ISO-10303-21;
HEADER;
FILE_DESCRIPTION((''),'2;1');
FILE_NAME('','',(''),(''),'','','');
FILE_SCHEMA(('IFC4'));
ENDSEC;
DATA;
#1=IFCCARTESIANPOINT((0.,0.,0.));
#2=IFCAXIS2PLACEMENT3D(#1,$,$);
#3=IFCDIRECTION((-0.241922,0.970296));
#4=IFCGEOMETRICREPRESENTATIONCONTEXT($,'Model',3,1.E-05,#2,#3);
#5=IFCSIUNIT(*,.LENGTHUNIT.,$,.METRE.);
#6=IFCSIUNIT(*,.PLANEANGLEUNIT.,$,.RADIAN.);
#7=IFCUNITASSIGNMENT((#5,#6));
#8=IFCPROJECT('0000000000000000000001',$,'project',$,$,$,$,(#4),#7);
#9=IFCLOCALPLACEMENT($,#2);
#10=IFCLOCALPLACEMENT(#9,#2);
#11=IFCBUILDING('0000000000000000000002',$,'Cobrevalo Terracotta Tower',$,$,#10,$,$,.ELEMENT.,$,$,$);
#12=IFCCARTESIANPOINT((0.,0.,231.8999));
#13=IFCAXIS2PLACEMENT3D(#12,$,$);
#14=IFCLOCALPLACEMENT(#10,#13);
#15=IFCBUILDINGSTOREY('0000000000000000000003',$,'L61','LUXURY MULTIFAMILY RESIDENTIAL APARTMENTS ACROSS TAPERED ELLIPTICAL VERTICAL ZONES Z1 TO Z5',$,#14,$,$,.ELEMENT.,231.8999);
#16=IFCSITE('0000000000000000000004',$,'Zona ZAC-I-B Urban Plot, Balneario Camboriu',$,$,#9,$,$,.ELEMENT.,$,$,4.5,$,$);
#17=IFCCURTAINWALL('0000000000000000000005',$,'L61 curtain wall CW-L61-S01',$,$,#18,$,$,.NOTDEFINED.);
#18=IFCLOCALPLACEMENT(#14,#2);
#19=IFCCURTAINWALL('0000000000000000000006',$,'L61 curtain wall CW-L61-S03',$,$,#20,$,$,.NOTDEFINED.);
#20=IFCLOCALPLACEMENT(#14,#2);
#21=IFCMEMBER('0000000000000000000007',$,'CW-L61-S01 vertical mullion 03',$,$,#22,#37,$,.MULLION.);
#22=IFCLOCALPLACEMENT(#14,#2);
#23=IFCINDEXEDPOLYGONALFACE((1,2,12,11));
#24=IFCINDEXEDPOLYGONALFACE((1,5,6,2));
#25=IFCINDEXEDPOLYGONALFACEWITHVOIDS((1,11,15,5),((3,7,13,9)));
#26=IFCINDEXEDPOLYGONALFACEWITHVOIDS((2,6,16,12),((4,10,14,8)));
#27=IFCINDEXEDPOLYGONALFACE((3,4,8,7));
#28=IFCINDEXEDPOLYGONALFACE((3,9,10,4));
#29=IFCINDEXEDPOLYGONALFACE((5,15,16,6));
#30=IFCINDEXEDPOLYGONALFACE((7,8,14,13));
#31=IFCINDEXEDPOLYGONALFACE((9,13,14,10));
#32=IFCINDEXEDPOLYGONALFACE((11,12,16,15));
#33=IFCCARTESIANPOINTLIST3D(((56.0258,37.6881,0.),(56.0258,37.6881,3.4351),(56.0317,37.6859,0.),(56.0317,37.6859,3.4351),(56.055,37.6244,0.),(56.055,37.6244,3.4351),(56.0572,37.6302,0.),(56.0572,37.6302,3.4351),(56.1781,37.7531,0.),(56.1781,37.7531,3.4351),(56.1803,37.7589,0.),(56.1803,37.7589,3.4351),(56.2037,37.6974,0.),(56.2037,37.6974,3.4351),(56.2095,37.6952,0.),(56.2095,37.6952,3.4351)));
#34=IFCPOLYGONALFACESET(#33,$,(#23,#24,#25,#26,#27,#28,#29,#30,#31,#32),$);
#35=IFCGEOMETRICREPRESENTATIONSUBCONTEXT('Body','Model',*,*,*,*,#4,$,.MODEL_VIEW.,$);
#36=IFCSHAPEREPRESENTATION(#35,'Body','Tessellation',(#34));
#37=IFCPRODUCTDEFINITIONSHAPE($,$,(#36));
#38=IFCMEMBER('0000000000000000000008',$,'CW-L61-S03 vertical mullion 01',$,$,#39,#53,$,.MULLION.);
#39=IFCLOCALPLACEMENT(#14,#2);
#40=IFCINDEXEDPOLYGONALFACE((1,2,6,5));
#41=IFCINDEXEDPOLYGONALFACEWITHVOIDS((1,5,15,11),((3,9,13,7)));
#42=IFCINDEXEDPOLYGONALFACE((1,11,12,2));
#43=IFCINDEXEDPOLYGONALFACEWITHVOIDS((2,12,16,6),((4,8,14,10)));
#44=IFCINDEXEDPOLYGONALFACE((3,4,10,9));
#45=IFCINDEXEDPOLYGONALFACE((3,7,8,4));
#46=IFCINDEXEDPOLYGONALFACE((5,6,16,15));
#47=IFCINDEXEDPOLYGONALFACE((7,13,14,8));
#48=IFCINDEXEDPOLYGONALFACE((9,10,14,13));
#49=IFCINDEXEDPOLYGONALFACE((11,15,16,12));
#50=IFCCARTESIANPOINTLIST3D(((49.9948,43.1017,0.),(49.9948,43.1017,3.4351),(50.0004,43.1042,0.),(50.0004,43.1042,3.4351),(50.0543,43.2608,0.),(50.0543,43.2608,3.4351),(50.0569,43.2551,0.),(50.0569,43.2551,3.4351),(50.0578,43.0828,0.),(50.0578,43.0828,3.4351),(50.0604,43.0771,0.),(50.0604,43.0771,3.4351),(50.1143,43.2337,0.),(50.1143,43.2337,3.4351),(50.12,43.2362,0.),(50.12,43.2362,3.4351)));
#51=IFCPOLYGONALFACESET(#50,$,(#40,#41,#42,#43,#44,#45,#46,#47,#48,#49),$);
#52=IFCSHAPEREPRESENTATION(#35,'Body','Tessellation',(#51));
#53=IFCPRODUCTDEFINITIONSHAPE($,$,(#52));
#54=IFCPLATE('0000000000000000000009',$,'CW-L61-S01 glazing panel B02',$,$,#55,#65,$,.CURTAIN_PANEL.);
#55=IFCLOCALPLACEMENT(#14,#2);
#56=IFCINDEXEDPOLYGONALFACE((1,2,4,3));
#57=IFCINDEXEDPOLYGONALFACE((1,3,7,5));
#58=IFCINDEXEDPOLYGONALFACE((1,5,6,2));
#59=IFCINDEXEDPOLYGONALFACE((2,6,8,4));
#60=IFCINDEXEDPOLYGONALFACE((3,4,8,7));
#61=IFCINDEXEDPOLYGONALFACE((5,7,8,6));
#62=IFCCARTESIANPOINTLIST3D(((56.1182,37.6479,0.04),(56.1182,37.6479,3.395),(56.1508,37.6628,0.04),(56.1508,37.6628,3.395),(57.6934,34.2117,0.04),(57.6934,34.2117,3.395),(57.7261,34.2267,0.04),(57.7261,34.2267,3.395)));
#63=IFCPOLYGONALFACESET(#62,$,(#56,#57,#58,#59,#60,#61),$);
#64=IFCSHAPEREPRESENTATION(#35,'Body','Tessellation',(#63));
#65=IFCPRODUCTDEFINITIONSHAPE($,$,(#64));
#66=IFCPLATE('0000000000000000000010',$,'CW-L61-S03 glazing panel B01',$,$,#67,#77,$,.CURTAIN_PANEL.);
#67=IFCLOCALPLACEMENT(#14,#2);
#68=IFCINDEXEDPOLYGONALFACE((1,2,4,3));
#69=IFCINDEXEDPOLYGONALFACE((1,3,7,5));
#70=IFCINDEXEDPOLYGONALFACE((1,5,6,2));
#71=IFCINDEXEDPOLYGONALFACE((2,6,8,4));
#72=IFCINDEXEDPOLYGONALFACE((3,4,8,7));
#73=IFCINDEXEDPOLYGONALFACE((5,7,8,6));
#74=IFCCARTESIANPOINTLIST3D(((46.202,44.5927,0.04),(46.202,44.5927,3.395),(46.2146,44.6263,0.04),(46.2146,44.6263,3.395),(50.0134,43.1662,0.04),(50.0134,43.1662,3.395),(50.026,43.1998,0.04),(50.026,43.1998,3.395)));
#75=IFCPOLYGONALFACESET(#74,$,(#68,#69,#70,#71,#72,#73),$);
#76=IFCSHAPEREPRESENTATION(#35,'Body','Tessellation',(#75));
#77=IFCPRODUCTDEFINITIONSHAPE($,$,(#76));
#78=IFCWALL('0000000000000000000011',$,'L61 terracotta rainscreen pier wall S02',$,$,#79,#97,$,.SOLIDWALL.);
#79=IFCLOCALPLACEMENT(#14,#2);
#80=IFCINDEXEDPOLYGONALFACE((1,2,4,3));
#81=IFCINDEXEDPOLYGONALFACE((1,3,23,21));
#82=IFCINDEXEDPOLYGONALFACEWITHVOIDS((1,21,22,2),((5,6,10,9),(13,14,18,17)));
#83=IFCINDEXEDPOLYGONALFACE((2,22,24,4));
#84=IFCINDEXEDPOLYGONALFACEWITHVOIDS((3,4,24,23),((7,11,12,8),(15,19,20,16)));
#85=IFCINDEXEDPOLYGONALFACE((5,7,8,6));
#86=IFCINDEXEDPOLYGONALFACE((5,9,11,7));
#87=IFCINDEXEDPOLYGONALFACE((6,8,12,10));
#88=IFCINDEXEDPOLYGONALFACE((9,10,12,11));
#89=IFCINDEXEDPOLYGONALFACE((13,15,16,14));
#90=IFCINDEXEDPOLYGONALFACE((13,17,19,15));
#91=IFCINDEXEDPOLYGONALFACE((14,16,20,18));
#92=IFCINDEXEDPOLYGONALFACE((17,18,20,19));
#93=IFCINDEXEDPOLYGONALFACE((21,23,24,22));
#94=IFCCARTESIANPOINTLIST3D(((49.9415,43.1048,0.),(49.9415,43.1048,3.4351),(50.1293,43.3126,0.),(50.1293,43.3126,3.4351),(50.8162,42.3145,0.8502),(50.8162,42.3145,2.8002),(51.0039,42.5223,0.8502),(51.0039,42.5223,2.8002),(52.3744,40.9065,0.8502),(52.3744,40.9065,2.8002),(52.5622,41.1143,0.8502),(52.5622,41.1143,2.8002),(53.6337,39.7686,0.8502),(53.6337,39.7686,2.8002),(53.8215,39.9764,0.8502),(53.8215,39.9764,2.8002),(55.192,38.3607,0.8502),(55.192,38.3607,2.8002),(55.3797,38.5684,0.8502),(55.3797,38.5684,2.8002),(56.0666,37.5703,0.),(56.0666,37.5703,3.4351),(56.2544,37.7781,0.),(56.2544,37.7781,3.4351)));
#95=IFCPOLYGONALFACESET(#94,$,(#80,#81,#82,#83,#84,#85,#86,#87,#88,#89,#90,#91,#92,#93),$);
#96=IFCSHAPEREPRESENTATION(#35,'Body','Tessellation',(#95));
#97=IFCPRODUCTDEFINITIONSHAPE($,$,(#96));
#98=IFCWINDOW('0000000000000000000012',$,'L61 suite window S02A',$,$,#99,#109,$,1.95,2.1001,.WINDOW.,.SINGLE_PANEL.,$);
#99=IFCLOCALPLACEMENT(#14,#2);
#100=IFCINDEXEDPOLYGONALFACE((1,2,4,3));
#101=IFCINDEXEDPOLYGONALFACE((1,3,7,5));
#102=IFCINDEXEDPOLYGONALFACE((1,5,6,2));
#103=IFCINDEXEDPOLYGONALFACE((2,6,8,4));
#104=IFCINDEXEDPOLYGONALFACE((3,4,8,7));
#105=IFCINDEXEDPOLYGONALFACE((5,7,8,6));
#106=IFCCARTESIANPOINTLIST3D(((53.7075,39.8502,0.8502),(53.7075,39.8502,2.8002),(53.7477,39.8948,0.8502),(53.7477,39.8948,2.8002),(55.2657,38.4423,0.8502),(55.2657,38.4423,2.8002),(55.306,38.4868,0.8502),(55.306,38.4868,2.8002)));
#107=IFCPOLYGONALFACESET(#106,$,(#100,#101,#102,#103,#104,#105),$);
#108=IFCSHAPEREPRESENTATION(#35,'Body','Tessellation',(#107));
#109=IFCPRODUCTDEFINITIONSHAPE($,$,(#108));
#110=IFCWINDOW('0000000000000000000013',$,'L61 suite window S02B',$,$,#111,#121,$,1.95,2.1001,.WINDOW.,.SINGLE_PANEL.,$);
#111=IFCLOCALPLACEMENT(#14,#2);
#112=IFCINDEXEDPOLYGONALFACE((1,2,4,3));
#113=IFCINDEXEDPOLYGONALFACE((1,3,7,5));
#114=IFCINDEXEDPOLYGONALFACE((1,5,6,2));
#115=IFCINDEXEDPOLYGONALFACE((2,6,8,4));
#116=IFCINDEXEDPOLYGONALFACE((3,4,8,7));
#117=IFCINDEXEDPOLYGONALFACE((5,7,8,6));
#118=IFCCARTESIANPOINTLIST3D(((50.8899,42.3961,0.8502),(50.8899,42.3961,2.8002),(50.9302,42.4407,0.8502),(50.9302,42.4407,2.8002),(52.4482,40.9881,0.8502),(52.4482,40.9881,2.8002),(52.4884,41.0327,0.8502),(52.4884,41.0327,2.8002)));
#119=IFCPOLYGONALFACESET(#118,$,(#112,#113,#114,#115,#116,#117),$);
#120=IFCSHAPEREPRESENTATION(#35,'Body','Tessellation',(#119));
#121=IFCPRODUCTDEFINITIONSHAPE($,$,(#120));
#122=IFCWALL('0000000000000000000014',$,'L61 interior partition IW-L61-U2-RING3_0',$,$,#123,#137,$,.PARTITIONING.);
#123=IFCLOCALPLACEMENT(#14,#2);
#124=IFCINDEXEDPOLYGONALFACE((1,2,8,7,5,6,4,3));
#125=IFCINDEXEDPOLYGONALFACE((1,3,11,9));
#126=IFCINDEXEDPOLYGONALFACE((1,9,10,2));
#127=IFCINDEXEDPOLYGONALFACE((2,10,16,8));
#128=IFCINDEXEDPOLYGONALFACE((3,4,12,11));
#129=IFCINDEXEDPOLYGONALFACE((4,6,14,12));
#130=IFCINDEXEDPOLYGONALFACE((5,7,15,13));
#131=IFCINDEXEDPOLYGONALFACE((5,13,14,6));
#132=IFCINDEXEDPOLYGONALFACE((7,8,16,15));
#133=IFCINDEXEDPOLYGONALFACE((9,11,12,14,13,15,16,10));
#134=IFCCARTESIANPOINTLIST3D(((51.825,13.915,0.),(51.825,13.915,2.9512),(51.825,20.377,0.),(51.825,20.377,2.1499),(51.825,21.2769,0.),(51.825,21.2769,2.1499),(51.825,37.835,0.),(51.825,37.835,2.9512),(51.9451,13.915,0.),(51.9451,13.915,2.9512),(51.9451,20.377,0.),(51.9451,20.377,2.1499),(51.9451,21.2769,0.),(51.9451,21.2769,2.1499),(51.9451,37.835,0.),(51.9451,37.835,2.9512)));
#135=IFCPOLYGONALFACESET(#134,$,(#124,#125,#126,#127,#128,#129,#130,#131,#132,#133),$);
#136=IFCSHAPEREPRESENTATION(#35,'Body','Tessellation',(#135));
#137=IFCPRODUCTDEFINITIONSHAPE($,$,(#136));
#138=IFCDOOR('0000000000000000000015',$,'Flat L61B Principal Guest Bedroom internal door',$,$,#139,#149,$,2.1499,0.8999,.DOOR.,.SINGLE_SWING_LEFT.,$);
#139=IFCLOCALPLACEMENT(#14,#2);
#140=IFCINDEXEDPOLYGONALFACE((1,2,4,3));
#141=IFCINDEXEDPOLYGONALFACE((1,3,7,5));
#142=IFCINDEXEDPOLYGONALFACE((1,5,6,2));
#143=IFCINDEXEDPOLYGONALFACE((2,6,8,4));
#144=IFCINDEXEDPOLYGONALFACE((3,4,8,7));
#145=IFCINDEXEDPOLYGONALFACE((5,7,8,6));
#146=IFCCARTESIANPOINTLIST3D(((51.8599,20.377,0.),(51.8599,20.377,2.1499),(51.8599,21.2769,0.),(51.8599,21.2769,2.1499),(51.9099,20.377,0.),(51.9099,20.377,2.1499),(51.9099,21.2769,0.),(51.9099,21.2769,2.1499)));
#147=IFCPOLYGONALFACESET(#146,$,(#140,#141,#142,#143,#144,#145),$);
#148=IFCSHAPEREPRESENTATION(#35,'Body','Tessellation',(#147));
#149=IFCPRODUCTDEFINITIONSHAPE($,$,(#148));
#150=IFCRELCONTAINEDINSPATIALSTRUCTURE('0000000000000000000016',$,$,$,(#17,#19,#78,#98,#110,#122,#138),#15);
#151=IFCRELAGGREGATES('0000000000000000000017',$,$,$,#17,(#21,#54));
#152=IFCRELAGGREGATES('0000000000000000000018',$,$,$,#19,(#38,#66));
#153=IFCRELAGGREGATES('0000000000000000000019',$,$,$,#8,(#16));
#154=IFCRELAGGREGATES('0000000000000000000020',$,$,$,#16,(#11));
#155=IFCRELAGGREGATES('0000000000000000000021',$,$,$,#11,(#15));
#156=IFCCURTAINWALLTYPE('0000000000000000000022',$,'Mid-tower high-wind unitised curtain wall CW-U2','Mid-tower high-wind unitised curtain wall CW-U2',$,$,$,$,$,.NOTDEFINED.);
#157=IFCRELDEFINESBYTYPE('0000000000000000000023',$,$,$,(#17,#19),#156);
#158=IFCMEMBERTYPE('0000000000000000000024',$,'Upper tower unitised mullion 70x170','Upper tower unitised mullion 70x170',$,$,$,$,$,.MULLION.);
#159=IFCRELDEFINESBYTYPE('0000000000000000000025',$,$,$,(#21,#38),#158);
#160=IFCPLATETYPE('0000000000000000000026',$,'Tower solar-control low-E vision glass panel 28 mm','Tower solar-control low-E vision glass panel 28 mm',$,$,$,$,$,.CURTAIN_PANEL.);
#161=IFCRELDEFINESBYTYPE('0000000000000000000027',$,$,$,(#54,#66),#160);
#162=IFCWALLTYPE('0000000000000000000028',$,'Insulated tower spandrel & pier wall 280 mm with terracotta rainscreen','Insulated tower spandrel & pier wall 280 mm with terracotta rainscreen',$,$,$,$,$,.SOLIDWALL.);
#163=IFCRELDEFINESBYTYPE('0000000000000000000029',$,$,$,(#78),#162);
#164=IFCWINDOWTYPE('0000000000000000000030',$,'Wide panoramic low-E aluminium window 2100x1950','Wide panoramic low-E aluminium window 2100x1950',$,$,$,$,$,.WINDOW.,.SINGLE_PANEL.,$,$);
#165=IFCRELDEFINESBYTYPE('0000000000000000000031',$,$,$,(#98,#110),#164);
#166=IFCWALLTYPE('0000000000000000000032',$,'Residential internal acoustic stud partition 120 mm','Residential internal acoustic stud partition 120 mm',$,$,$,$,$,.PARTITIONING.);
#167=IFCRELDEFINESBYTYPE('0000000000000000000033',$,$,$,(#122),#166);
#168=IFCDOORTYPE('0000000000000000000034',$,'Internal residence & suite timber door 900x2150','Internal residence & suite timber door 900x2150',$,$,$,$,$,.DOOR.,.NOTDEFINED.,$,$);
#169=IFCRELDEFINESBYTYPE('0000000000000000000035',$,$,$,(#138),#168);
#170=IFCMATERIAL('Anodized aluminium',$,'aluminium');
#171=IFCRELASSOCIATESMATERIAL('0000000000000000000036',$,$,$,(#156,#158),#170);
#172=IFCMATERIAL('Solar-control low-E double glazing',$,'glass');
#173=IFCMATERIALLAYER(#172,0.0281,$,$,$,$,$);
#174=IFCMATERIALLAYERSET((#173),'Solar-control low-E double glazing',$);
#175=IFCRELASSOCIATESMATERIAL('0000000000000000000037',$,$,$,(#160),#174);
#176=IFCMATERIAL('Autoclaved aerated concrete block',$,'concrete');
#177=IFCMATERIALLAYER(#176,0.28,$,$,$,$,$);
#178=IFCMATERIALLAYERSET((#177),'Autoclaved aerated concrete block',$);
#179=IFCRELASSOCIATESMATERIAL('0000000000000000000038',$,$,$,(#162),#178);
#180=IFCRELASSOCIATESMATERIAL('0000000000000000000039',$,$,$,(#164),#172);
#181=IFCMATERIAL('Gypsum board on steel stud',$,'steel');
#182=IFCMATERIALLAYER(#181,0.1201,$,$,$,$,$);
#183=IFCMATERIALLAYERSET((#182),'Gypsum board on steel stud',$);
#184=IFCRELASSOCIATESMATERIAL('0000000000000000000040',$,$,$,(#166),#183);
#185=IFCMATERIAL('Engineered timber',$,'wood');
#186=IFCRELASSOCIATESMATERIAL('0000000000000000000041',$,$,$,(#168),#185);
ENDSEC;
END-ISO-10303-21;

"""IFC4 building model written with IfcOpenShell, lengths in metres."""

from ifc_helpers import new_model, si_unit, direction, frame, frame_2d, origin, origin_2d, place, context, subcontext, project, spatial, rectangle, hollow_rectangle, extrude, source, transform, mapped, material, layer, layer_set, material_profile, profile_set, type_object, element, fill, aggregate, save


model = new_model("IFC4")

# Units and contexts
model_context = context("Model", 3, precision=1e-05, world=origin(), true_north=direction((-0.241922, 0.970296)))
body_context = subcontext(model_context, "Body", "Model", "MODEL_VIEW")
ifc_project = project(units=[si_unit("LENGTHUNIT", "METRE"), si_unit("PLANEANGLEUNIT", "RADIAN")], contexts=[model_context])

# Site, building, storey
site_placement = place(None, origin())
site = spatial("IfcSite", under=ifc_project, at=site_placement, Name="Zona ZAC-I-B Urban Plot, Balneario Camboriu", CompositionType="ELEMENT", RefElevation=4.5)
building_placement = place(site_placement, origin())
building = spatial("IfcBuilding", under=site, at=building_placement, Name="Cobrevalo Terracotta Tower", CompositionType="ELEMENT")
storey_placement = place(building_placement, frame((0.0, 0.0, 231.8999)))
storey = spatial("IfcBuildingStorey", under=building, at=storey_placement, Name="L61", Description="LUXURY MULTIFAMILY RESIDENTIAL APARTMENTS ACROSS TAPERED ELLIPTICAL VERTICAL ZONES Z1 TO Z5", CompositionType="ELEMENT", Elevation=231.8999)

# Curtain wall
ifc_material_1 = material(Name="Anodized aluminium", Category="aluminium")
curtain_wall_type = type_object("IfcCurtainWallType", Name="Mid-tower high-wind unitised curtain wall CW-U2", Description="Mid-tower high-wind unitised curtain wall CW-U2", PredefinedType="NOTDEFINED", material=ifc_material_1)
curtain_wall_1_placement = place(storey_placement, origin())
curtain_wall_1 = element("IfcCurtainWall", 1, at=curtain_wall_1_placement, inside=storey, type_object=curtain_wall_type, Name="L61 curtain wall CW-L61-S01", PredefinedType="NOTDEFINED")

# Curtain wall
curtain_wall_2_placement = place(storey_placement, origin())
curtain_wall_2 = element("IfcCurtainWall", 2, at=curtain_wall_2_placement, inside=storey, type_object=curtain_wall_type, Name="L61 curtain wall CW-L61-S03", PredefinedType="NOTDEFINED")

# Members
ifc_material_profile_1 = material_profile(ifc_material_1, hollow_rectangle(XDim=0.0701, YDim=0.1699, WallThickness=0.0044, at=origin_2d()), Name="CWM 70x170")
ifc_profile_set_1 = profile_set([ifc_material_profile_1], Name="Anodized aluminium")
member_type_1 = type_object("IfcMemberType", Name="Upper tower unitised mullion 70x170", Description="Upper tower unitised mullion 70x170", PredefinedType="MULLION", material=ifc_profile_set_1)
shared_shape_1 = source(origin(), body_context, "Body", "SweptSolid", [
    extrude(hollow_rectangle(XDim=0.0701, YDim=0.1699, WallThickness=0.0044, at=origin_2d()), origin(), (0.0, 0.0, 1.0), 3.4351),
])
member_1_placement = place(storey_placement, frame((56.1177, 37.6917, 0.0), z_axis=(0.0, 0.0, 1.0), x_axis=(-0.416725, 0.909033, 0.0)))
member_1 = element("IfcMember", 3, at=member_1_placement, type_object=member_type_1, Name="CW-L61-S01 vertical mullion 03", PredefinedType="MULLION", context=body_context, shape_type="MappedRepresentation", body=[
    mapped(shared_shape_1, transform((0.0, 0.0, 0.0), scale=1.0)),
])
member_2_placement = place(storey_placement, frame((50.0574, 43.1689, 0.0), z_axis=(0.0, 0.0, 1.0), x_axis=(-0.936556, 0.350518, 0.0)))
member_2 = element("IfcMember", 4, at=member_2_placement, type_object=member_type_1, Name="CW-L61-S03 vertical mullion 01", PredefinedType="MULLION", context=body_context, shape_type="MappedRepresentation", body=[
    mapped(shared_shape_1, transform((0.0, 0.0, 0.0), scale=1.0)),
])

# Plates
ifc_material_2 = material(Name="Solar-control low-E double glazing", Category="glass")
ifc_layer_1 = layer(ifc_material_2, 0.0281)
ifc_layer_set_1 = layer_set([ifc_layer_1], Name="Solar-control low-E double glazing")
plate_type = type_object("IfcPlateType", Name="Tower solar-control low-E vision glass panel 28 mm", Description="Tower solar-control low-E vision glass panel 28 mm", PredefinedType="CURTAIN_PANEL", material=ifc_layer_set_1)
shared_shape_2 = source(origin(), body_context, "Body", "SweptSolid", [
    extrude(rectangle(XDim=3.78, YDim=0.0359, at=origin_2d()), origin(), (0.0, 0.0, 1.0), 3.355),
])
plate_1_placement = place(storey_placement, frame((56.9221, 35.9373, 0.04), z_axis=(0.0, 0.0, 1.0), x_axis=(-0.416731, 0.90903, 0.0)))
plate_1 = element("IfcPlate", 5, at=plate_1_placement, type_object=plate_type, Name="CW-L61-S01 glazing panel B02", PredefinedType="CURTAIN_PANEL", context=body_context, shape_type="MappedRepresentation", body=[
    mapped(shared_shape_2, transform((0.0, 0.0, 0.0), scale=1.0)),
])
aggregate(curtain_wall_1, [member_1, plate_1])
shared_shape_3 = source(origin(), body_context, "Body", "SweptSolid", [
    extrude(rectangle(XDim=4.0696, YDim=0.0359, at=origin_2d()), origin(), (0.0, 0.0, 1.0), 3.355),
])
plate_2_placement = place(storey_placement, frame((48.114, 43.8962, 0.04), z_axis=(0.0, 0.0, 1.0), x_axis=(-0.936558, 0.350513, 0.0)))
plate_2 = element("IfcPlate", 6, at=plate_2_placement, type_object=plate_type, Name="CW-L61-S03 glazing panel B01", PredefinedType="CURTAIN_PANEL", context=body_context, shape_type="MappedRepresentation", body=[
    mapped(shared_shape_3, transform((0.0, 0.0, 0.0), scale=1.0)),
])
aggregate(curtain_wall_2, [member_2, plate_2])

# Wall, openings, windows
ifc_material_3 = material(Name="Autoclaved aerated concrete block", Category="concrete")
ifc_layer_2 = layer(ifc_material_3, 0.28)
ifc_layer_set_2 = layer_set([ifc_layer_2], Name="Autoclaved aerated concrete block")
wall_type_1 = type_object("IfcWallType", Name="Insulated tower spandrel & pier wall 280 mm with terracotta rainscreen", Description="Insulated tower spandrel & pier wall 280 mm with terracotta rainscreen", PredefinedType="SOLIDWALL", material=ifc_layer_set_2)
wall_1_placement = place(storey_placement, frame((56.1604, 37.6743, 0.0), z_axis=(0.0, 0.0, 1.0), x_axis=(-0.741972, 0.670431, 0.0)))
wall_1 = element("IfcWall", 7, at=wall_1_placement, inside=storey, type_object=wall_type_1, Name="L61 terracotta rainscreen pier wall S02", PredefinedType="SOLIDWALL", context=body_context, shape_type="SweptSolid", body=[
    extrude(rectangle(XDim=8.2551, YDim=0.28, at=frame_2d((4.1274, 0.0))), origin(), (0.0, 0.0, 1.0), 3.4351),
])
opening_1_placement = place(wall_1_placement, frame((1.1787, 0.0, 0.8501)))
opening_1 = element("IfcOpeningElement", 8, at=opening_1_placement, cuts=wall_1, PredefinedType="OPENING", context=body_context, shape_type="SweptSolid", body=[
    extrude(rectangle(XDim=2.1001, YDim=1.95, at=frame_2d((1.05, 0.9751))), frame((0.0, 0.1499, 0.0), z_axis=(0.0, -1.0, 0.0), x_axis=(1.0, 0.0, 0.0)), (0.0, 0.0, 1.0), 0.3),
])
opening_2_placement = place(wall_1_placement, frame((4.9761, 0.0, 0.8501)))
opening_2 = element("IfcOpeningElement", 9, at=opening_2_placement, cuts=wall_1, PredefinedType="OPENING", context=body_context, shape_type="SweptSolid", body=[
    extrude(rectangle(XDim=2.1001, YDim=1.95, at=frame_2d((1.05, 0.9751))), frame((0.0, 0.1499, 0.0), z_axis=(0.0, -1.0, 0.0), x_axis=(1.0, 0.0, 0.0)), (0.0, 0.0, 1.0), 0.3),
])
window_type = type_object("IfcWindowType", Name="Wide panoramic low-E aluminium window 2100x1950", Description="Wide panoramic low-E aluminium window 2100x1950", PartitioningType="SINGLE_PANEL", PredefinedType="WINDOW", material=ifc_material_2)
shared_shape_4 = source(origin(), body_context, "Body", "SweptSolid", [
    extrude(rectangle(XDim=2.1001, YDim=1.95, at=frame_2d((1.05, 0.9751))), frame((0.0, 0.03, 0.0), z_axis=(0.0, -1.0, 0.0), x_axis=(1.0, 0.0, 0.0)), (0.0, 0.0, 1.0), 0.0601),
])
window_1_placement = place(opening_1_placement, origin())
window_1 = element("IfcWindow", 10, at=window_1_placement, inside=storey, type_object=window_type, Name="L61 suite window S02A", OverallHeight=1.95, OverallWidth=2.1001, PartitioningType="SINGLE_PANEL", PredefinedType="WINDOW", context=body_context, shape_type="MappedRepresentation", body=[
    mapped(shared_shape_4, transform((0.0, 0.0, 0.0), scale=1.0)),
])
fill(opening_1, window_1)
window_2_placement = place(opening_2_placement, origin())
window_2 = element("IfcWindow", 11, at=window_2_placement, inside=storey, type_object=window_type, Name="L61 suite window S02B", OverallHeight=1.95, OverallWidth=2.1001, PartitioningType="SINGLE_PANEL", PredefinedType="WINDOW", context=body_context, shape_type="MappedRepresentation", body=[
    mapped(shared_shape_4, transform((0.0, 0.0, 0.0), scale=1.0)),
])
fill(opening_2, window_2)

# Wall, opening, door
ifc_material_4 = material(Name="Gypsum board on steel stud", Category="steel")
ifc_layer_3 = layer(ifc_material_4, 0.1201)
ifc_layer_set_3 = layer_set([ifc_layer_3], Name="Gypsum board on steel stud")
wall_type_2 = type_object("IfcWallType", Name="Residential internal acoustic stud partition 120 mm", Description="Residential internal acoustic stud partition 120 mm", PredefinedType="PARTITIONING", material=ifc_layer_set_3)
wall_2_placement = place(storey_placement, frame((51.885, 37.835, 0.0), z_axis=(0.0, 0.0, 1.0), x_axis=(0.0, -1.0, 0.0)))
wall_2 = element("IfcWall", 12, at=wall_2_placement, inside=storey, type_object=wall_type_2, Name="L61 interior partition IW-L61-U2-RING3_0", PredefinedType="PARTITIONING", context=body_context, shape_type="SweptSolid", body=[
    extrude(rectangle(XDim=23.9199, YDim=0.1201, at=frame_2d((11.96, 0.0))), origin(), (0.0, 0.0, 1.0), 2.9512),
])
opening_3_placement = place(wall_2_placement, frame((16.5581, 0.0, 0.0)))
opening_3 = element("IfcOpeningElement", 13, at=opening_3_placement, cuts=wall_2, PredefinedType="OPENING", context=body_context, shape_type="SweptSolid", body=[
    extrude(rectangle(XDim=0.8999, YDim=2.1499, at=frame_2d((0.45, 1.075))), frame((0.0, 0.0701, 0.0), z_axis=(0.0, -1.0, 0.0), x_axis=(1.0, 0.0, 0.0)), (0.0, 0.0, 1.0), 0.1401),
])
ifc_material_5 = material(Name="Engineered timber", Category="wood")
door_type = type_object("IfcDoorType", Name="Internal residence & suite timber door 900x2150", Description="Internal residence & suite timber door 900x2150", OperationType="NOTDEFINED", PredefinedType="DOOR", material=ifc_material_5)
shared_shape_5 = source(origin(), body_context, "Body", "SweptSolid", [
    extrude(rectangle(XDim=0.8999, YDim=2.1499, at=frame_2d((0.45, 1.075))), frame((0.0, 0.0249, 0.0), z_axis=(0.0, -1.0, 0.0), x_axis=(1.0, 0.0, 0.0)), (0.0, 0.0, 1.0), 0.05),
])
door_1_placement = place(opening_3_placement, origin())
door_1 = element("IfcDoor", 14, at=door_1_placement, inside=storey, type_object=door_type, Name="Flat L61B Principal Guest Bedroom internal door", OperationType="SINGLE_SWING_LEFT", OverallHeight=2.1499, OverallWidth=0.8999, PredefinedType="DOOR", context=body_context, shape_type="MappedRepresentation", body=[
    mapped(shared_shape_5, transform((0.0, 0.0, 0.0), scale=1.0)),
])
fill(opening_3, door_1)

save(model, "model.ifc")
